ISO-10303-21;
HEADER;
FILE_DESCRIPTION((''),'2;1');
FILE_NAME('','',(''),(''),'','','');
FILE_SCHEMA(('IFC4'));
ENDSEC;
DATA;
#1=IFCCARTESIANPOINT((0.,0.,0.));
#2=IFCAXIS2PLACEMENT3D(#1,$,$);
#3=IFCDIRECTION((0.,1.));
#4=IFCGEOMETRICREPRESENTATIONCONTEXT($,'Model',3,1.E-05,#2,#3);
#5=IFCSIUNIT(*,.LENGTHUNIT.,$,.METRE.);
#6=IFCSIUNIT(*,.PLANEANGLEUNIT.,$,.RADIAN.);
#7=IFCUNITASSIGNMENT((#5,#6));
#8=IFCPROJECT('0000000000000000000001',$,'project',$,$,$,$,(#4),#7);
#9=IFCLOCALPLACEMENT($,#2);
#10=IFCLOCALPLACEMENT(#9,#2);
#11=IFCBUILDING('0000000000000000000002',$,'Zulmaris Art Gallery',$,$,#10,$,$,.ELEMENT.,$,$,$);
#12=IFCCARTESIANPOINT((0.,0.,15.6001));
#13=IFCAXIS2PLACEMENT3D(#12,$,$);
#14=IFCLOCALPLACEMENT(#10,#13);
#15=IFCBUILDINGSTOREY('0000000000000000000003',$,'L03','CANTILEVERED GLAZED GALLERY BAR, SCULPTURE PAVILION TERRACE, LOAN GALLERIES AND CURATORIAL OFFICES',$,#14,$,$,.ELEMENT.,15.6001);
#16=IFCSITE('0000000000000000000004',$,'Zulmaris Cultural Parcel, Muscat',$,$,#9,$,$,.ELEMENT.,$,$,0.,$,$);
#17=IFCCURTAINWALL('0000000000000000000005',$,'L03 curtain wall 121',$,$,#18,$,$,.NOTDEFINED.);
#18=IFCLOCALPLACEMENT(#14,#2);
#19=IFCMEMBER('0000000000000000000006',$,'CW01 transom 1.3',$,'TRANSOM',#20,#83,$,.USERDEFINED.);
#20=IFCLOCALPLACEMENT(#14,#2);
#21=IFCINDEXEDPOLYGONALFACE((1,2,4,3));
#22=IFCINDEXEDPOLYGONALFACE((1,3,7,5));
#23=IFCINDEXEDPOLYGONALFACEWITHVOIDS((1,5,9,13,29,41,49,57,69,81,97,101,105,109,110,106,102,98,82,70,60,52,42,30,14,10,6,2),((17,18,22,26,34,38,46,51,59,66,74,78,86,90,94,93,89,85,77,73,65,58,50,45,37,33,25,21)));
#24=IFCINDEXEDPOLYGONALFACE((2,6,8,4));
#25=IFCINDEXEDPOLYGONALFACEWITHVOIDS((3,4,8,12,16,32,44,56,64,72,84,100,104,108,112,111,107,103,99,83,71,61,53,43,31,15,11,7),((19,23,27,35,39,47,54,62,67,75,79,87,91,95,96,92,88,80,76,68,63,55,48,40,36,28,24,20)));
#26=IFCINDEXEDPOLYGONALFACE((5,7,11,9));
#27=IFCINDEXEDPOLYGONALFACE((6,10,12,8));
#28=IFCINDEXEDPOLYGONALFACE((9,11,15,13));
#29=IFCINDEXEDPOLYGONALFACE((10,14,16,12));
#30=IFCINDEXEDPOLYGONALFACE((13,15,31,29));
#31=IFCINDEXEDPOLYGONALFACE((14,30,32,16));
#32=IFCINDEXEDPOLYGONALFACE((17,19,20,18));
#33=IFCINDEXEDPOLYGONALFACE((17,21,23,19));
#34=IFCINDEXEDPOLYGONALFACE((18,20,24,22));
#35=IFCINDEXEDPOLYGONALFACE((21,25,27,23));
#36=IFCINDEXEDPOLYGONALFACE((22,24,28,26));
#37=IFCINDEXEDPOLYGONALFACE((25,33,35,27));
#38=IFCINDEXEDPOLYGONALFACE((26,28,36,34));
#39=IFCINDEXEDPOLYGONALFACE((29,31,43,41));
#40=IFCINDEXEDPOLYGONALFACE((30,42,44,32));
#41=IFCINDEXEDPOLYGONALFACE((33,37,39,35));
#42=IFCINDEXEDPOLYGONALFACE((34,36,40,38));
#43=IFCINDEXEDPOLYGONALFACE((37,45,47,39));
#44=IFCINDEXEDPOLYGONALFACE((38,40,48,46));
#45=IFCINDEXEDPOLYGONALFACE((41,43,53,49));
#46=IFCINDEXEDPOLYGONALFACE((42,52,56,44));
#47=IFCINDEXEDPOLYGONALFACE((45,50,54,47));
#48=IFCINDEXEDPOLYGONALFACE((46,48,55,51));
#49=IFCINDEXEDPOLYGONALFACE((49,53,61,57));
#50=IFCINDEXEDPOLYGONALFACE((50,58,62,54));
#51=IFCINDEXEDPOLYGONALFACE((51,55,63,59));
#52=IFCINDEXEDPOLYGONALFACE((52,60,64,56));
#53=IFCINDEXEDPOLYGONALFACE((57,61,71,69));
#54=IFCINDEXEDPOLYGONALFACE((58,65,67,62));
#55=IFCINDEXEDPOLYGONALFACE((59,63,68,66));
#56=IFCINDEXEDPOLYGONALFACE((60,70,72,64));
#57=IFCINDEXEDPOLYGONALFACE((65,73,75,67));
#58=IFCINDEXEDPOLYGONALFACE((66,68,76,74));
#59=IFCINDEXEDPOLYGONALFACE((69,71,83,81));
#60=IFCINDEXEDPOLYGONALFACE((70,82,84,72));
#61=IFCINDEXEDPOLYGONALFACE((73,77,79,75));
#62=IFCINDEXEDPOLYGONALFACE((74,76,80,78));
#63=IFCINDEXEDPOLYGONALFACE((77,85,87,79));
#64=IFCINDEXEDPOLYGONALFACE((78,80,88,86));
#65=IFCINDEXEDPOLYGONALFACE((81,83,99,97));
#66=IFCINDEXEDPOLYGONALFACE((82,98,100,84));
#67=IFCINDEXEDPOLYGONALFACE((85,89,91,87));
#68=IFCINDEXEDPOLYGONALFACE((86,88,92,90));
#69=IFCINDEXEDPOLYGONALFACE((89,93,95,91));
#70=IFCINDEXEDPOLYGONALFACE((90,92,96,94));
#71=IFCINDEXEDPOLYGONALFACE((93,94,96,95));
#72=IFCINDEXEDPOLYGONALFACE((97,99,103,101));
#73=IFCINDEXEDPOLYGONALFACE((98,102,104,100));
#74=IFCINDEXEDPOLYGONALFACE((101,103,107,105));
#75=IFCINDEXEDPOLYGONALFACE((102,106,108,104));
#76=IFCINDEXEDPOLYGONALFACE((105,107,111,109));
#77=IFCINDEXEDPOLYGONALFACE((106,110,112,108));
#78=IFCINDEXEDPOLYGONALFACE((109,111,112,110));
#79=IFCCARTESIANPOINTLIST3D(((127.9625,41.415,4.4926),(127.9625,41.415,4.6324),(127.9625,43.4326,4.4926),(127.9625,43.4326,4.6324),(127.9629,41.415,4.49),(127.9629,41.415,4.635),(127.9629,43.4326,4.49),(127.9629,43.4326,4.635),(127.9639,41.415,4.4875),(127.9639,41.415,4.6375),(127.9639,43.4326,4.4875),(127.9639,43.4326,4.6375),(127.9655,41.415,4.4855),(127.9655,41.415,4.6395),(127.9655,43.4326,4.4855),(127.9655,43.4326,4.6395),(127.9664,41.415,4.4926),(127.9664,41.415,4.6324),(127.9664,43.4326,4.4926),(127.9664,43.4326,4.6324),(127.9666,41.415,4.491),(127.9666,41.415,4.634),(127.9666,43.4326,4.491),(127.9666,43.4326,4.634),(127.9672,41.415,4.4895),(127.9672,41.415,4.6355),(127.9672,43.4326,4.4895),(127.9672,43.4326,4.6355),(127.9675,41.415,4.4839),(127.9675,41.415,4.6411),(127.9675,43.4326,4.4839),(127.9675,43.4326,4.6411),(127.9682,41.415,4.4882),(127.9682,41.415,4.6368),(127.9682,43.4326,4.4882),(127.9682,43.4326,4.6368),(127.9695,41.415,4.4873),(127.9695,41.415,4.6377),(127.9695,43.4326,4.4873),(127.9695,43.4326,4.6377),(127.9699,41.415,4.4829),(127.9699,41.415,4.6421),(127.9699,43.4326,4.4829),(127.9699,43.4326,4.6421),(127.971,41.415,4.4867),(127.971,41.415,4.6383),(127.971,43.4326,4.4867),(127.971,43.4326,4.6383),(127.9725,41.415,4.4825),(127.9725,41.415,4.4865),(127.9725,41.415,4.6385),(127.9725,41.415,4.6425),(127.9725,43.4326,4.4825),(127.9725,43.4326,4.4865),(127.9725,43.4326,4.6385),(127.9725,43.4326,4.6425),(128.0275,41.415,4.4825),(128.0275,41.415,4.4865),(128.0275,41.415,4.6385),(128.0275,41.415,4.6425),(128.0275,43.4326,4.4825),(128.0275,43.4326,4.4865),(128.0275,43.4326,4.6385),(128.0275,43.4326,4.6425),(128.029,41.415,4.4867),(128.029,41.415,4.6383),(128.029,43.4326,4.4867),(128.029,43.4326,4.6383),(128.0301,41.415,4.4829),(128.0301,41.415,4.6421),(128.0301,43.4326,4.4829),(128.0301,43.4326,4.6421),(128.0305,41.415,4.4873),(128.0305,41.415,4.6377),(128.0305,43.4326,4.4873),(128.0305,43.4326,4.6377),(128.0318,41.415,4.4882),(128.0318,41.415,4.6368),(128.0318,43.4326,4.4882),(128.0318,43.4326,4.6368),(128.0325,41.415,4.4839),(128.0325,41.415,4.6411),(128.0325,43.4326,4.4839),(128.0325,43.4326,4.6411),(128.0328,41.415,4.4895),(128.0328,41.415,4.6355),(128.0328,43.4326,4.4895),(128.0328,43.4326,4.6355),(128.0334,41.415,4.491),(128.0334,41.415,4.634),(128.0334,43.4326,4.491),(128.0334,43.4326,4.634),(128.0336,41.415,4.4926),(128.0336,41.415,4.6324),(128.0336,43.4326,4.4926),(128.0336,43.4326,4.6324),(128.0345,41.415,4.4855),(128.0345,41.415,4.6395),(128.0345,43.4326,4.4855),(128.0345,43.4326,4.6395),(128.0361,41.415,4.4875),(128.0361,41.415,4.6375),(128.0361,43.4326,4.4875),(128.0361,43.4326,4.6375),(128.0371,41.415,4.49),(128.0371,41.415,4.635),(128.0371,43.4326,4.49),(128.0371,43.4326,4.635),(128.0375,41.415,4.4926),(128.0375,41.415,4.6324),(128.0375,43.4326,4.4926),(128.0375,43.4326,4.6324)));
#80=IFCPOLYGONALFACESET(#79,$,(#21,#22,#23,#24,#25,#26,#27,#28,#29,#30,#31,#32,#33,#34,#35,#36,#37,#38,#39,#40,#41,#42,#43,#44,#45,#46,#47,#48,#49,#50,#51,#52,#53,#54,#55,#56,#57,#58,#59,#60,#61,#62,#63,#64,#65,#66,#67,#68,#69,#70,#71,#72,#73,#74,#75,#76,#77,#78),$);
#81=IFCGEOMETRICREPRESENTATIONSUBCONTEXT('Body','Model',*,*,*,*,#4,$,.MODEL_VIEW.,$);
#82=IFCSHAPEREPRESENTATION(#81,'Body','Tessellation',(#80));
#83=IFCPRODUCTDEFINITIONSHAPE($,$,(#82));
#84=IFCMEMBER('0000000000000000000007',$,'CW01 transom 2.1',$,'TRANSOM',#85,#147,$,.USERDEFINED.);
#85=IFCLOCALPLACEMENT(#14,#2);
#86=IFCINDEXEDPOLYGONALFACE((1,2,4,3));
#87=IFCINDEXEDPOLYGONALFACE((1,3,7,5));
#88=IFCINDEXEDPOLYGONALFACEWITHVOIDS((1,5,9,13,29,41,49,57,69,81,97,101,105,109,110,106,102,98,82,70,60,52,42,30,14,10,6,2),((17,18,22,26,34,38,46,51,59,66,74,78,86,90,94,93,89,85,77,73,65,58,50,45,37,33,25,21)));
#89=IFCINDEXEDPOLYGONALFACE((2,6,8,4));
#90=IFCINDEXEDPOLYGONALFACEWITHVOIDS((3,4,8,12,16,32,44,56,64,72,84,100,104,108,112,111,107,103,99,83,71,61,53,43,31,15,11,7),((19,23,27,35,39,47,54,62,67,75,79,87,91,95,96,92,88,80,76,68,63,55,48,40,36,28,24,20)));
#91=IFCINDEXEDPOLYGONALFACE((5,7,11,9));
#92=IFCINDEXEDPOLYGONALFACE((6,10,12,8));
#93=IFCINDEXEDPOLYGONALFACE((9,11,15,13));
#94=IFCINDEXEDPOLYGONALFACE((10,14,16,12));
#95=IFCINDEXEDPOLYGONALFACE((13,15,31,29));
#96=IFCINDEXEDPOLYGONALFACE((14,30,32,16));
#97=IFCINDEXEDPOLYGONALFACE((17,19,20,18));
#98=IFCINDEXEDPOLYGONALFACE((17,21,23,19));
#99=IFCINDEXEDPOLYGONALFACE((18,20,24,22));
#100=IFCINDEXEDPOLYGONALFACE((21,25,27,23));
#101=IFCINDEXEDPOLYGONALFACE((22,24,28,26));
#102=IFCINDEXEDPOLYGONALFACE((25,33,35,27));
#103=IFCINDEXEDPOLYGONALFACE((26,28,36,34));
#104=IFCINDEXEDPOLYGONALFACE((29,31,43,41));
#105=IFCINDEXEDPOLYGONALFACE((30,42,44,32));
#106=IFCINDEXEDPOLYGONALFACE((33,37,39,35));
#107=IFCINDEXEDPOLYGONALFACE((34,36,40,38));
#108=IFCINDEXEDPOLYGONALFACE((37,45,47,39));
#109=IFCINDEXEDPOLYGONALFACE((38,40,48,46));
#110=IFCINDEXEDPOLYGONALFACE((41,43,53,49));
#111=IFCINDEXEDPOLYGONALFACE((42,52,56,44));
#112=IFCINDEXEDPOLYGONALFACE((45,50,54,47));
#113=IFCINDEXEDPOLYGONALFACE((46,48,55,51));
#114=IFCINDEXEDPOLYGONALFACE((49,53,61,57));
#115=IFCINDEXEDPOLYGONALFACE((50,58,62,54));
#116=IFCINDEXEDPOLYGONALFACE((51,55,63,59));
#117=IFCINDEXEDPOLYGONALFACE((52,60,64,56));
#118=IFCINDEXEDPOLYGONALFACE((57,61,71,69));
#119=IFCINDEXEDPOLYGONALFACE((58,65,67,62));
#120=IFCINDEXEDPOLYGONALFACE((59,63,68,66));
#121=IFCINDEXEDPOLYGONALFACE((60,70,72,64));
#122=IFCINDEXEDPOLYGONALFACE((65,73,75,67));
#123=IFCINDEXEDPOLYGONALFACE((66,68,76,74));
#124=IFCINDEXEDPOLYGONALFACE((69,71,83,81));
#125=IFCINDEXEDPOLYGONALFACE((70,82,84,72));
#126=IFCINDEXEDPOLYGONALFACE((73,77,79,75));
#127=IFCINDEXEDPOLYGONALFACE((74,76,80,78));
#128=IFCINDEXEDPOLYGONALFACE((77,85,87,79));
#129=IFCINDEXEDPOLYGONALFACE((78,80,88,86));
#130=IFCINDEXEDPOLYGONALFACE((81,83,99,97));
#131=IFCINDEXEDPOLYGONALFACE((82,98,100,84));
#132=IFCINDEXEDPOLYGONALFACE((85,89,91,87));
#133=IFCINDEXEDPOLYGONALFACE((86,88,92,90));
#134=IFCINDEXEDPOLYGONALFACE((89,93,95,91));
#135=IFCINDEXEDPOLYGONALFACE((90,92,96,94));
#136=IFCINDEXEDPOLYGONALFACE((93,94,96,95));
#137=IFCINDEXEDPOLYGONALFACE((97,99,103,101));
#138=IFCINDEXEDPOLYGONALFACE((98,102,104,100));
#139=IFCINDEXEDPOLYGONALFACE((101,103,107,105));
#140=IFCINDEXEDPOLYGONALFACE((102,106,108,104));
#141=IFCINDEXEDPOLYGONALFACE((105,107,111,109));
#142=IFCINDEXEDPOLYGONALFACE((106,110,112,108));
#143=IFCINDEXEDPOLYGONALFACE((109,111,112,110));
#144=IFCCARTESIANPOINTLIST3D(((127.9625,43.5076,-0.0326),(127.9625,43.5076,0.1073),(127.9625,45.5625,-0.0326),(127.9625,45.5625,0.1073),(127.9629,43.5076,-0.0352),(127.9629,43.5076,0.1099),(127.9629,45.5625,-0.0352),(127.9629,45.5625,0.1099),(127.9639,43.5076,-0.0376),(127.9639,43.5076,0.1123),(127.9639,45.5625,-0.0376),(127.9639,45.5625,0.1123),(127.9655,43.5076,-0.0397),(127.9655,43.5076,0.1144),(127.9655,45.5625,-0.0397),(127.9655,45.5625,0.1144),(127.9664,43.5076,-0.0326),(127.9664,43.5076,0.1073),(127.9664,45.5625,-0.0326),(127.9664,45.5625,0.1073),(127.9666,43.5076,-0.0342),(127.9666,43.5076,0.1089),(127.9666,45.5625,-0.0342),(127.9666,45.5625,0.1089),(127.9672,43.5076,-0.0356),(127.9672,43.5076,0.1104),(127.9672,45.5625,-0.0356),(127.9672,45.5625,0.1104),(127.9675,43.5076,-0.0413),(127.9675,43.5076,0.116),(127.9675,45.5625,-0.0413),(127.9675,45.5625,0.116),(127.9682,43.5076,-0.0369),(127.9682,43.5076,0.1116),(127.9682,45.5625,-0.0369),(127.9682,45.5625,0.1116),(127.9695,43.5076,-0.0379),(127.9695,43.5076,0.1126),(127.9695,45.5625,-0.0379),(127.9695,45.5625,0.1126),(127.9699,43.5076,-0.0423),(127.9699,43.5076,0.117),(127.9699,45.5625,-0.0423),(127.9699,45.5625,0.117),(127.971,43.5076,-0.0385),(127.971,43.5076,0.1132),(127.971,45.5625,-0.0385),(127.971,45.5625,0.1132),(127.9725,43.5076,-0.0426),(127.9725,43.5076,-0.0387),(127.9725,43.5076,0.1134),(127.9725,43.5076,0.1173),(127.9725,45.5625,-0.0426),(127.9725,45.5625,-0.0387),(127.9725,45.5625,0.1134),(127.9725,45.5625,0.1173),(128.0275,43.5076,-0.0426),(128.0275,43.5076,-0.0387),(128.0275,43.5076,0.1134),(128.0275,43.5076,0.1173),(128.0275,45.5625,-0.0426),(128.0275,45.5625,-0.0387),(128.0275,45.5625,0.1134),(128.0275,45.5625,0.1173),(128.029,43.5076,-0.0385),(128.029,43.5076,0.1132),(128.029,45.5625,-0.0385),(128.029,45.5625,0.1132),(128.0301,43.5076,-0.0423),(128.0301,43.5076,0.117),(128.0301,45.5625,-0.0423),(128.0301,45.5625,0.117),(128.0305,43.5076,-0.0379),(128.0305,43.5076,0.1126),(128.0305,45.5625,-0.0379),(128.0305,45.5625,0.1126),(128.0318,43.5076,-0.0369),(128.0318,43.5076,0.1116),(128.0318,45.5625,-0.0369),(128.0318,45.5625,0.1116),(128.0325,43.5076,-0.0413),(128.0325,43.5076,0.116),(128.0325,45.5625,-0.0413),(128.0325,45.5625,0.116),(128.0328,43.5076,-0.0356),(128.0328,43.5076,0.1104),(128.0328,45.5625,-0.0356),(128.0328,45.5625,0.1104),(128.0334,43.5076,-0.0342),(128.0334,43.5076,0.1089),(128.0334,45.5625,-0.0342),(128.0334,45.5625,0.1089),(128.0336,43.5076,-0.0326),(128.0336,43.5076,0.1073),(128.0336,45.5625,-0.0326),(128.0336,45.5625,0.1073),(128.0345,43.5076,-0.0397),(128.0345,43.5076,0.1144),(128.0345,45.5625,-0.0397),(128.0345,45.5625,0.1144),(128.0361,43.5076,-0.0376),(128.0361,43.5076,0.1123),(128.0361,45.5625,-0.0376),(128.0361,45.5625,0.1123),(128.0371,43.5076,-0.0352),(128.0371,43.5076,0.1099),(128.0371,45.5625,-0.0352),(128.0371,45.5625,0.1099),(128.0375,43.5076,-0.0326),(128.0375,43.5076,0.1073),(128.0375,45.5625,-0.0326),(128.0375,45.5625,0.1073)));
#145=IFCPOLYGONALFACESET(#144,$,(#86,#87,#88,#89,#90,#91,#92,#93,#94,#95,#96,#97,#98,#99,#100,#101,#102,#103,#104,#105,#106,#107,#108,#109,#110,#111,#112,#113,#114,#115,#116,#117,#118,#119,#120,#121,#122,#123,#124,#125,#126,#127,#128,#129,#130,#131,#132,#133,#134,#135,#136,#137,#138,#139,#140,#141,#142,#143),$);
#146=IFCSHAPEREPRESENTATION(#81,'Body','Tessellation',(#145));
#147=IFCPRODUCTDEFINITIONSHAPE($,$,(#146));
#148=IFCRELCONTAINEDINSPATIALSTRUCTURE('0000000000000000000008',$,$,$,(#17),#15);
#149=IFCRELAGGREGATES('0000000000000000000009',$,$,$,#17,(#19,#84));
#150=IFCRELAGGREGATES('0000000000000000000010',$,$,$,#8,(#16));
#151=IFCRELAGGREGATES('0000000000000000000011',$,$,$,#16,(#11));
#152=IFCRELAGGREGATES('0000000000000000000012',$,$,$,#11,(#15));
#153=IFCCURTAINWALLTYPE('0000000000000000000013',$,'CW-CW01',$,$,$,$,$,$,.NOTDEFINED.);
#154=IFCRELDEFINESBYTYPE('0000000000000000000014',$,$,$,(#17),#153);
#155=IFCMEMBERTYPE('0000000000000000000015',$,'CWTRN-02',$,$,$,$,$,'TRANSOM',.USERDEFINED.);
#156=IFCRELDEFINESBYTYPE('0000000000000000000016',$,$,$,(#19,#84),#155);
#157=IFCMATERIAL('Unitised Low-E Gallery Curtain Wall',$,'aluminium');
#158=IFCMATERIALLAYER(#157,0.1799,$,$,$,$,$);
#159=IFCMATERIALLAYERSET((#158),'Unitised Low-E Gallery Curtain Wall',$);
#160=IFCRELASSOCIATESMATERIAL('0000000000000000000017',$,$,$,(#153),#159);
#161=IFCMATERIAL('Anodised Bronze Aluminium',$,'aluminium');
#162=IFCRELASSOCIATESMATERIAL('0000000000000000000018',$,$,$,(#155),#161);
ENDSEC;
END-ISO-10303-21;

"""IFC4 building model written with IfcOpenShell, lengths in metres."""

from ifc_helpers import new_model, si_unit, direction, frame, origin, origin_2d, place, context, subcontext, project, spatial, hollow_rectangle, extrude, material, layer, layer_set, material_profile, profile_set, type_object, element, aggregate, save


model = new_model("IFC4")

# Units and contexts
model_context = context("Model", 3, precision=1e-05, world=origin(), true_north=direction((0.0, 1.0)))
body_context = subcontext(model_context, "Body", "Model", "MODEL_VIEW")
ifc_project = project(units=[si_unit("LENGTHUNIT", "METRE"), si_unit("PLANEANGLEUNIT", "RADIAN")], contexts=[model_context])

# Site, building, storey
site_placement = place(None, origin())
site = spatial("IfcSite", under=ifc_project, at=site_placement, Name="Zulmaris Cultural Parcel, Muscat", CompositionType="ELEMENT", RefElevation=0.0)
building_placement = place(site_placement, origin())
building = spatial("IfcBuilding", under=site, at=building_placement, Name="Zulmaris Art Gallery", CompositionType="ELEMENT")
storey_placement = place(building_placement, frame((0.0, 0.0, 15.6001)))
storey = spatial("IfcBuildingStorey", under=building, at=storey_placement, Name="L03", Description="CANTILEVERED GLAZED GALLERY BAR, SCULPTURE PAVILION TERRACE, LOAN GALLERIES AND CURATORIAL OFFICES", CompositionType="ELEMENT", Elevation=15.6001)

# Curtain wall
ifc_material_1 = material(Name="Unitised Low-E Gallery Curtain Wall", Category="aluminium")
ifc_layer_1 = layer(ifc_material_1, 0.1799)
ifc_layer_set_1 = layer_set([ifc_layer_1], Name="Unitised Low-E Gallery Curtain Wall")
curtain_wall_type = type_object("IfcCurtainWallType", Name="CW-CW01", PredefinedType="NOTDEFINED", material=ifc_layer_set_1)
curtain_wall_1_placement = place(storey_placement, origin())
curtain_wall_1 = element("IfcCurtainWall", 1, at=curtain_wall_1_placement, inside=storey, type_object=curtain_wall_type, Name="L03 curtain wall 121", PredefinedType="NOTDEFINED")
ifc_material_2 = material(Name="Anodised Bronze Aluminium", Category="aluminium")
ifc_material_profile_1 = material_profile(ifc_material_2, hollow_rectangle(XDim=0.075, YDim=0.1599, WallThickness=0.0039, InnerFilletRadius=0.0061, OuterFilletRadius=0.01, at=origin_2d()), Name="ALU 75x160x4")
ifc_profile_set_1 = profile_set([ifc_material_profile_1], Name="Anodised Bronze Aluminium")
member_type_1 = type_object("IfcMemberType", Name="CWTRN-02", ElementType="TRANSOM", PredefinedType="USERDEFINED", material=ifc_profile_set_1)

# Members
member_1_placement = place(storey_placement, frame((128.0, 41.415, 4.5625), z_axis=(0.0, 1.0, 0.0), x_axis=(-1.0, 0.0, 0.0)))
member_1 = element("IfcMember", 2, at=member_1_placement, type_object=member_type_1, Name="CW01 transom 1.3", ObjectType="TRANSOM", PredefinedType="USERDEFINED", context=body_context, shape_type="SweptSolid", body=[
    extrude(hollow_rectangle(XDim=0.075, YDim=0.1599, WallThickness=0.0039, InnerFilletRadius=0.0061, OuterFilletRadius=0.01, at=origin_2d()), origin(), (0.0, 0.0, 1.0), 2.0176),
])
member_2_placement = place(storey_placement, frame((128.0, 43.5076, 0.0374), z_axis=(0.0, 1.0, 0.0), x_axis=(-1.0, 0.0, 0.0)))
member_2 = element("IfcMember", 3, at=member_2_placement, type_object=member_type_1, Name="CW01 transom 2.1", ObjectType="TRANSOM", PredefinedType="USERDEFINED", context=body_context, shape_type="SweptSolid", body=[
    extrude(hollow_rectangle(XDim=0.075, YDim=0.1599, WallThickness=0.0039, InnerFilletRadius=0.0061, OuterFilletRadius=0.01, at=origin_2d()), origin(), (0.0, 0.0, 1.0), 2.0549),
])

aggregate(curtain_wall_1, [member_1, member_2])

save(model, "model.ifc")
